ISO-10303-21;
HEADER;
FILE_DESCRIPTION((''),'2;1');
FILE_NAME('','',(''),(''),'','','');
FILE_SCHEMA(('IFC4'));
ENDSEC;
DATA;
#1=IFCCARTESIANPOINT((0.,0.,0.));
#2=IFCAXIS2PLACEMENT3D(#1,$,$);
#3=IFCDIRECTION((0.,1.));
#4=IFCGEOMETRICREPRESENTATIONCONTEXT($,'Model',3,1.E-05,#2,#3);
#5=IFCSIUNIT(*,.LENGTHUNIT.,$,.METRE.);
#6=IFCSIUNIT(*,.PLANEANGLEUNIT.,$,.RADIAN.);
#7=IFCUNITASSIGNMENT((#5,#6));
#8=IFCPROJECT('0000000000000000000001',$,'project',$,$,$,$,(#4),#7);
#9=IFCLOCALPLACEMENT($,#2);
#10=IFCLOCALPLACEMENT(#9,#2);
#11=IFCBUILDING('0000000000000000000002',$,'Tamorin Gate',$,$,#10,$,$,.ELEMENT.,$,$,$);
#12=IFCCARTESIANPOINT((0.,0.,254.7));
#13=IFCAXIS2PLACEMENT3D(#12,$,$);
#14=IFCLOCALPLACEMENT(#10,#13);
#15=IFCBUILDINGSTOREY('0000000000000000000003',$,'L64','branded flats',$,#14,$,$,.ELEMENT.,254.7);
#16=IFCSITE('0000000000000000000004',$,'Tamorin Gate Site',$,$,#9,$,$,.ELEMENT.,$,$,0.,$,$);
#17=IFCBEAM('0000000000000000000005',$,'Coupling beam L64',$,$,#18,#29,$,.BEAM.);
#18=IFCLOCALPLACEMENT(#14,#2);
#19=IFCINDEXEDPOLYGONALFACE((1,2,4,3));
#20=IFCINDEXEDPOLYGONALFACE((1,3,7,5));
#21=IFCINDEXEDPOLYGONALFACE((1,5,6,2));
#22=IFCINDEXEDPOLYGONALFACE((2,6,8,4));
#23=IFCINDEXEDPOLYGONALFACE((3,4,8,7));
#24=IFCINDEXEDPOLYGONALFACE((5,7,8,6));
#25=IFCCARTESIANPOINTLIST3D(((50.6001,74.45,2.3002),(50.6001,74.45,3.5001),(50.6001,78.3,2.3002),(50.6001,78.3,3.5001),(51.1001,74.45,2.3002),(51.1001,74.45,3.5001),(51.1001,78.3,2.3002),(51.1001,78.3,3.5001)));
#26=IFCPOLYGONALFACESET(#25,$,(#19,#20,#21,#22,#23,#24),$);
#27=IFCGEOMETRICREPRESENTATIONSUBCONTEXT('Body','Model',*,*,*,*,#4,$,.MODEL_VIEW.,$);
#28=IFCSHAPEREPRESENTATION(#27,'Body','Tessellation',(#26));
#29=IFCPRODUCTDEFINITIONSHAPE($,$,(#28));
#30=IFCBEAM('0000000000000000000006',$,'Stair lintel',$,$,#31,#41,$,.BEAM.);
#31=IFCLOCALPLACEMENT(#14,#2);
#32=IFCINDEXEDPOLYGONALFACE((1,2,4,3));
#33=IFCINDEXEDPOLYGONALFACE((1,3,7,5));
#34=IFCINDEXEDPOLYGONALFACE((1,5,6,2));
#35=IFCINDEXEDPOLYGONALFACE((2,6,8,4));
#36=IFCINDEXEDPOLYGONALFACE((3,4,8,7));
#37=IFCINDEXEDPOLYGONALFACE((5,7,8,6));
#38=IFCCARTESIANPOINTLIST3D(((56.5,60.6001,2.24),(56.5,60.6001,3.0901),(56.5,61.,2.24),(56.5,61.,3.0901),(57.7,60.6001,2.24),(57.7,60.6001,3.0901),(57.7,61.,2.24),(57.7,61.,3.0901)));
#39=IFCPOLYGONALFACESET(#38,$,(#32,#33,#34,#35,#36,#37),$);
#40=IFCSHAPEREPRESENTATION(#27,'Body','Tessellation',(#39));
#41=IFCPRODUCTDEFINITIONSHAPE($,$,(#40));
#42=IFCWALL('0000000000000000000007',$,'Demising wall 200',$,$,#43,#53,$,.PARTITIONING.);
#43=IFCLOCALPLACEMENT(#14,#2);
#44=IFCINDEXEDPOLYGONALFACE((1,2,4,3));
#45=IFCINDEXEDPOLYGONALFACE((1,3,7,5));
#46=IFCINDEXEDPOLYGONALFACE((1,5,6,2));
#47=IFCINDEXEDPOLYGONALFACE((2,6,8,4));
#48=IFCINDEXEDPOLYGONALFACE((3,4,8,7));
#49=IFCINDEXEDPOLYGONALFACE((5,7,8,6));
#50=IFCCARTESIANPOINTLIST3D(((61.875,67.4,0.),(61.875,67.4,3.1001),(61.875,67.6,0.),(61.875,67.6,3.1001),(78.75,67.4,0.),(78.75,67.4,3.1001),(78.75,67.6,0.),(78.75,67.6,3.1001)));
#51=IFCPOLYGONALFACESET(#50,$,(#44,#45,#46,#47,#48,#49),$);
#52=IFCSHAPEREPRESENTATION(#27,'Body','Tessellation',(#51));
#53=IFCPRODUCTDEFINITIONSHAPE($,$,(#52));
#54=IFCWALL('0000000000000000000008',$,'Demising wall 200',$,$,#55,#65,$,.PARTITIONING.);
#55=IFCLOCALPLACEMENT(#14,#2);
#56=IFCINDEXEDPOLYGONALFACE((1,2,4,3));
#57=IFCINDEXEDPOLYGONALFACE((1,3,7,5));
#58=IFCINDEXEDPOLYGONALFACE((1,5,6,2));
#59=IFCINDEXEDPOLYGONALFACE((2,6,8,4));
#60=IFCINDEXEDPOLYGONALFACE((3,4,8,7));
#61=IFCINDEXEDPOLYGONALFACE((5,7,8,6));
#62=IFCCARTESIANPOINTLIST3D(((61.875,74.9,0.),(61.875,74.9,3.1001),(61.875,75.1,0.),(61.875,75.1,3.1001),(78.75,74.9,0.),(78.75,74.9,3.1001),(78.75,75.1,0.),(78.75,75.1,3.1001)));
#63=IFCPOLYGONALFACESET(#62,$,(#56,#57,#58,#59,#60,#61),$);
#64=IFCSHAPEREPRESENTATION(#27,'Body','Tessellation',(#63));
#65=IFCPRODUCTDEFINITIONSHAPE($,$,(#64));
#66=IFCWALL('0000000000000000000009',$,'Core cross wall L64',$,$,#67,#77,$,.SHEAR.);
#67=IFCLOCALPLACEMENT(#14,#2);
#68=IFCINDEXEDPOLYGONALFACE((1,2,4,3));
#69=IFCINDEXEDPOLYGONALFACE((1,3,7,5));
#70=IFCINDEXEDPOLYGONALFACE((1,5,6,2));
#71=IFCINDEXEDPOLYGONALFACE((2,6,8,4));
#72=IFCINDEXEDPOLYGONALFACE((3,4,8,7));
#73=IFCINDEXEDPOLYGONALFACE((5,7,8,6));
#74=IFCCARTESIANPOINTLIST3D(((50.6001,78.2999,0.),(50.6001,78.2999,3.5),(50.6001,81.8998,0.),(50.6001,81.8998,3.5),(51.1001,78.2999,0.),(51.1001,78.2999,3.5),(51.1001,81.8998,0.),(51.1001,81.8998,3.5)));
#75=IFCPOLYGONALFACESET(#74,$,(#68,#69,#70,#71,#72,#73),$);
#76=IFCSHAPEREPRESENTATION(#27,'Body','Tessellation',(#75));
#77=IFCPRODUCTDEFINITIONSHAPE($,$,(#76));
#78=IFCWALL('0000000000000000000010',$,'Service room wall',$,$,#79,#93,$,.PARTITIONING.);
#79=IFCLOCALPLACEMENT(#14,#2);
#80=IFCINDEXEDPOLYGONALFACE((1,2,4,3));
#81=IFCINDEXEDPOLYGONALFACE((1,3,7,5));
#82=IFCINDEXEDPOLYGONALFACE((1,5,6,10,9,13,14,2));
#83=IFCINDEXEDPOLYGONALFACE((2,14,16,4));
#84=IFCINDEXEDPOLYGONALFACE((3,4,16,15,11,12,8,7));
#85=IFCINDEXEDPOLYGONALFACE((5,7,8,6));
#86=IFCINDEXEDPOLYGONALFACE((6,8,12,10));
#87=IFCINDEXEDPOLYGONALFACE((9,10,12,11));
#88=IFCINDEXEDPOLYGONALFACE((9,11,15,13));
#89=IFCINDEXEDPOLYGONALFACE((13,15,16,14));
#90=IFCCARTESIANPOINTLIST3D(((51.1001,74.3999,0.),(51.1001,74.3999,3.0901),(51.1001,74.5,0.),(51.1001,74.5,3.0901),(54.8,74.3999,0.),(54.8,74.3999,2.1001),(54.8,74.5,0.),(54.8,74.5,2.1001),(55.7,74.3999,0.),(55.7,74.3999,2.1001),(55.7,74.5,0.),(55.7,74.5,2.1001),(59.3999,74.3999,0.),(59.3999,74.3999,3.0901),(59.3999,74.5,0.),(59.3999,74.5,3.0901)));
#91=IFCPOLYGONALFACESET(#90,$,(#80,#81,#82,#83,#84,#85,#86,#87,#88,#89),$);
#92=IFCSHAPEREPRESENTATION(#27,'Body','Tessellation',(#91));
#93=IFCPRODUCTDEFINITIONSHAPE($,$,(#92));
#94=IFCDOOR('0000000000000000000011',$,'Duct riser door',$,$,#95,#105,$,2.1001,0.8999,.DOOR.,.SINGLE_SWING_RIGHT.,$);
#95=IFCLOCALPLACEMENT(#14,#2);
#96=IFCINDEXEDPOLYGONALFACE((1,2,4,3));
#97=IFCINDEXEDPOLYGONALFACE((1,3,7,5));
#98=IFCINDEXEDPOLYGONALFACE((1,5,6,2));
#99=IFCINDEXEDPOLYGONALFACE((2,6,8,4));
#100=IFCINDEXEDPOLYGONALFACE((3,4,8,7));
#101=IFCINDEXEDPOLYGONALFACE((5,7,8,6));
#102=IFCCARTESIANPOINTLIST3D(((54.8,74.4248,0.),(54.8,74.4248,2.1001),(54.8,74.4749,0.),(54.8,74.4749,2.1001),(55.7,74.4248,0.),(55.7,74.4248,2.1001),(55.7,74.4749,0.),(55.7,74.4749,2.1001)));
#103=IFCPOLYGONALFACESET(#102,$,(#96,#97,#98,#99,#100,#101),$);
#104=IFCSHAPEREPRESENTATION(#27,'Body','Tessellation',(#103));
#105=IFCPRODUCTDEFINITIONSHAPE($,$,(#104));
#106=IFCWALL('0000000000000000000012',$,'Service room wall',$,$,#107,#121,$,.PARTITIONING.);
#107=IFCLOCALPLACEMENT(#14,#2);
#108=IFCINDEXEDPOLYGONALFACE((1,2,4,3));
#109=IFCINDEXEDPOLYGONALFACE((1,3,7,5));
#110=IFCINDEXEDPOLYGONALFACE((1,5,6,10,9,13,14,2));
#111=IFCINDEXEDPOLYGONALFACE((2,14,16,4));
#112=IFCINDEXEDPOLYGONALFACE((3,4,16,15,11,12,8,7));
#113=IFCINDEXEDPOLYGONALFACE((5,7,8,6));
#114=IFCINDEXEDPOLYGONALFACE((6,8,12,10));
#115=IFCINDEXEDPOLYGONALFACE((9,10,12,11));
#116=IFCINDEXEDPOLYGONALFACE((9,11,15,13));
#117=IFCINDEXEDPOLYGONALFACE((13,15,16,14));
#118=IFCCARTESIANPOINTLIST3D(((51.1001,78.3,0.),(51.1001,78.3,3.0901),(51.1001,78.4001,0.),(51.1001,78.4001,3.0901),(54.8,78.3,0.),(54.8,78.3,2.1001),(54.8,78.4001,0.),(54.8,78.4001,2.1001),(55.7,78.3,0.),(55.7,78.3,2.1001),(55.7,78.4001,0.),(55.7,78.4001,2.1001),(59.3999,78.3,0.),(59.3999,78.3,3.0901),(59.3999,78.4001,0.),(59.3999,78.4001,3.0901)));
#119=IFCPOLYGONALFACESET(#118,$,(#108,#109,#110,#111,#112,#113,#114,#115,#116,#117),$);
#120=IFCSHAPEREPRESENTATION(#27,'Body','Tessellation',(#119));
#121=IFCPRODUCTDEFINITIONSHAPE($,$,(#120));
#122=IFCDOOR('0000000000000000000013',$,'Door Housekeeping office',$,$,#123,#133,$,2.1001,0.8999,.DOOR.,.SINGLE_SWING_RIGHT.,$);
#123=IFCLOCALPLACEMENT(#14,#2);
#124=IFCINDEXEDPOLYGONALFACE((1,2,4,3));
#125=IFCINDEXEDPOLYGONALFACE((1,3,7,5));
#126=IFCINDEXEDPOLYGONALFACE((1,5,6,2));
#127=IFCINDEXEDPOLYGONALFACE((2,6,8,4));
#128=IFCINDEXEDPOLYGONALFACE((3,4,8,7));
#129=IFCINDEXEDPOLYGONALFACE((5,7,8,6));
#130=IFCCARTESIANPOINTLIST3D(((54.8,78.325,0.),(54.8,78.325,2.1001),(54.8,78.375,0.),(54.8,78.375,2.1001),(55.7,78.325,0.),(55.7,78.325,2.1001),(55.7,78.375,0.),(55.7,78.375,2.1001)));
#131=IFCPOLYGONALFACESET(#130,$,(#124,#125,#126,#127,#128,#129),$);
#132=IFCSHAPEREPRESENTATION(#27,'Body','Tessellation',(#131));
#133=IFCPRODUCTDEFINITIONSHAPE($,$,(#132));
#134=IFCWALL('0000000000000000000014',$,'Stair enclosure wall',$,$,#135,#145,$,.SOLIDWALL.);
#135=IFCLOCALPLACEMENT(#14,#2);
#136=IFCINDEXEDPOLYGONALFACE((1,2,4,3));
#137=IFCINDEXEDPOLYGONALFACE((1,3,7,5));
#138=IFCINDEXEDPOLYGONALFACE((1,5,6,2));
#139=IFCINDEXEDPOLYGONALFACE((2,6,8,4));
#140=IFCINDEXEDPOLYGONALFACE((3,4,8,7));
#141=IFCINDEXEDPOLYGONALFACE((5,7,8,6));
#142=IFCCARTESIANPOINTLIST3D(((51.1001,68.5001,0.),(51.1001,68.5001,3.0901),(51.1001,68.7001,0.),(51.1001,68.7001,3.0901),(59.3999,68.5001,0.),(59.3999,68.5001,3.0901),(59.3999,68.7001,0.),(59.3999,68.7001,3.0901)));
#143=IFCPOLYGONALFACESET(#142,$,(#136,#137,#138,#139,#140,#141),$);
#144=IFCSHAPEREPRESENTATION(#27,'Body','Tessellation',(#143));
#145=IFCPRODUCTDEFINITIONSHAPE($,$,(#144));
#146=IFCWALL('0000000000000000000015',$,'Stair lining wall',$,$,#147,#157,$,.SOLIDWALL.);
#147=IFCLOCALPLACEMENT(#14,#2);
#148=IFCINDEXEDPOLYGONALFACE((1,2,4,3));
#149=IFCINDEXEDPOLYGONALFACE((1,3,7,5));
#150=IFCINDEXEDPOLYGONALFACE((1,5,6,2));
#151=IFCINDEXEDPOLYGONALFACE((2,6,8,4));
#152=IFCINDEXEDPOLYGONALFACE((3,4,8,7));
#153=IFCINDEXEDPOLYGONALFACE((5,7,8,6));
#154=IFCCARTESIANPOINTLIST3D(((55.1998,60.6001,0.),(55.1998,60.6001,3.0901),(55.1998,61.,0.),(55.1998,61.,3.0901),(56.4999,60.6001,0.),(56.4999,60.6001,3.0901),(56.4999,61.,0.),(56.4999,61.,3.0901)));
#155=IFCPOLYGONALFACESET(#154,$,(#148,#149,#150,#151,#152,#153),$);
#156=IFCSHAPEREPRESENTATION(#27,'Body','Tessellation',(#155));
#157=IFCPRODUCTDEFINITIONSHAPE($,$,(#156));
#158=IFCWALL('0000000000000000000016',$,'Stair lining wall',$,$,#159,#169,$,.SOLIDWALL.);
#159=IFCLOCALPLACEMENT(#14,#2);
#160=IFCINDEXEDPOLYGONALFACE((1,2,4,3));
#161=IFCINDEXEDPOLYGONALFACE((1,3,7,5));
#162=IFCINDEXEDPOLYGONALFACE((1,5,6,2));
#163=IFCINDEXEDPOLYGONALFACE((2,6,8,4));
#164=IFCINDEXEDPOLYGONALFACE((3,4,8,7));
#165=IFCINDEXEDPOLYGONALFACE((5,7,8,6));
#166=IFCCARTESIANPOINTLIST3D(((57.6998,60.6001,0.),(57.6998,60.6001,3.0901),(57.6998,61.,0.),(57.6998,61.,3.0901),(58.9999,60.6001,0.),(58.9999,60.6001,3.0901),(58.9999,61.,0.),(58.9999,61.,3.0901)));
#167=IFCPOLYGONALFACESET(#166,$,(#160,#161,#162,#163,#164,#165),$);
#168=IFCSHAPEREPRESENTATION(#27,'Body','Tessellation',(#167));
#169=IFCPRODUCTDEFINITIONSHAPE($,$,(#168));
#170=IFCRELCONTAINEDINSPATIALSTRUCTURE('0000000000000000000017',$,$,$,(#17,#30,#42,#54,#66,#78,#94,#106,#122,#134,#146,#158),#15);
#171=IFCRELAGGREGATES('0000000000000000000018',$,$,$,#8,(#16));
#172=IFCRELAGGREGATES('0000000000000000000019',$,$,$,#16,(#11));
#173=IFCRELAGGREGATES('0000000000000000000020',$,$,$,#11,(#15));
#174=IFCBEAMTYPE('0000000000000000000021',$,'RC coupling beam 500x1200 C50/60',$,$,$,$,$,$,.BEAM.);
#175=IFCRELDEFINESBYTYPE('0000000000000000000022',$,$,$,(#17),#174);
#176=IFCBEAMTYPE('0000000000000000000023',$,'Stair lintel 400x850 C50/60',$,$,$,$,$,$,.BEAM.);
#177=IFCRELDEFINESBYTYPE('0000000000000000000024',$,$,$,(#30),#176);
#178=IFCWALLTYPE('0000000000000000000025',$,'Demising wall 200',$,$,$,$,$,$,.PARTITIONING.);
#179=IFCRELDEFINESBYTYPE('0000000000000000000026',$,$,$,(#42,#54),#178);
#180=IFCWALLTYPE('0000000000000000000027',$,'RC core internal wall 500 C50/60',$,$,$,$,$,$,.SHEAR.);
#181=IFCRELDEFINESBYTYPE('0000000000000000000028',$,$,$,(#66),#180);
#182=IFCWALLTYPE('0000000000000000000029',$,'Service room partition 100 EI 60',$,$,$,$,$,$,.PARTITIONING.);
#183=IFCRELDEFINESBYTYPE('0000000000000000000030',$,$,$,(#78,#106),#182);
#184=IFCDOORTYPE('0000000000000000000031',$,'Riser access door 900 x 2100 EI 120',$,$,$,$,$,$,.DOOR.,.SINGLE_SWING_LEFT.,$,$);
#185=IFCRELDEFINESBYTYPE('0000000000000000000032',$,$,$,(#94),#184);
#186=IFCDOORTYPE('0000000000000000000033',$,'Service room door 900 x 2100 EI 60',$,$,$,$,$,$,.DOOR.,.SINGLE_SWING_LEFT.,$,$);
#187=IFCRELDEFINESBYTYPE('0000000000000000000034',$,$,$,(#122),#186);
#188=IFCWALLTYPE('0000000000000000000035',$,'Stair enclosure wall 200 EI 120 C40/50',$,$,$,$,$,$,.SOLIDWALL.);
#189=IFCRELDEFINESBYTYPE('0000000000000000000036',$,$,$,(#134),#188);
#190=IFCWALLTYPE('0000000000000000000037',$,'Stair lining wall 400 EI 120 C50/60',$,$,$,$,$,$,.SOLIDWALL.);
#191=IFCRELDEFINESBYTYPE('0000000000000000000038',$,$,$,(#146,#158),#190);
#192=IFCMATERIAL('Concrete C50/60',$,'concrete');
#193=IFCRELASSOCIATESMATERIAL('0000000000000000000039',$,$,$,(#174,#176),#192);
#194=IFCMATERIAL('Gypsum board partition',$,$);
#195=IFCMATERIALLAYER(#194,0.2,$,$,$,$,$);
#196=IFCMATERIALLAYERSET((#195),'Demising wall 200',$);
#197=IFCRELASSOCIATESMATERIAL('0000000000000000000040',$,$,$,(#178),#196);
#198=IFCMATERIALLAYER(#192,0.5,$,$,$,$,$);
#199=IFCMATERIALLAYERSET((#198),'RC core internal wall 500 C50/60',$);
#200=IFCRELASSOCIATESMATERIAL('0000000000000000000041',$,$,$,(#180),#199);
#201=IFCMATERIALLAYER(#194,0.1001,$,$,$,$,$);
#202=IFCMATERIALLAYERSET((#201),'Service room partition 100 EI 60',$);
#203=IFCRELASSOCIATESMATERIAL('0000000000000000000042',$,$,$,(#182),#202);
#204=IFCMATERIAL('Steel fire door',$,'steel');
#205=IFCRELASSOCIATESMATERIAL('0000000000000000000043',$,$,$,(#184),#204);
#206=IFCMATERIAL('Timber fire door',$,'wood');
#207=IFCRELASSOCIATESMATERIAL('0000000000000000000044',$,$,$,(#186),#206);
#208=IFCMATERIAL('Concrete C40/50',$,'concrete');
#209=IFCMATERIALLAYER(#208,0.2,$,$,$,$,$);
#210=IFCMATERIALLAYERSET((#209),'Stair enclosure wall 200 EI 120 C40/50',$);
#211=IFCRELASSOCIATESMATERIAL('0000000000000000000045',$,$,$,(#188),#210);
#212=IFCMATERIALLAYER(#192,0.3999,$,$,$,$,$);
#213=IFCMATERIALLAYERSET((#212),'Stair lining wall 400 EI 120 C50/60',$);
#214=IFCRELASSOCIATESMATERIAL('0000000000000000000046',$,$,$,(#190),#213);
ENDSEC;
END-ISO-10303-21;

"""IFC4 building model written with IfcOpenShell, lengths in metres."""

from ifc_helpers import new_model, si_unit, direction, frame, frame_2d, origin, origin_2d, place, context, subcontext, project, spatial, rectangle, extrude, material, layer, layer_set, material_profile, profile_set, type_object, element, fill, save


model = new_model("IFC4")

# Units and contexts
model_context = context("Model", 3, precision=1e-05, world=origin(), true_north=direction((0.0, 1.0)))
body_context = subcontext(model_context, "Body", "Model", "MODEL_VIEW")
ifc_project = project(units=[si_unit("LENGTHUNIT", "METRE"), si_unit("PLANEANGLEUNIT", "RADIAN")], contexts=[model_context])

# Site, building, storey
site_placement = place(None, origin())
site = spatial("IfcSite", under=ifc_project, at=site_placement, Name="Tamorin Gate Site", CompositionType="ELEMENT", RefElevation=0.0)
building_placement = place(site_placement, origin())
building = spatial("IfcBuilding", under=site, at=building_placement, Name="Tamorin Gate", CompositionType="ELEMENT")
storey_placement = place(building_placement, frame((0.0, 0.0, 254.7)))
storey = spatial("IfcBuildingStorey", under=building, at=storey_placement, Name="L64", Description="branded flats", CompositionType="ELEMENT", Elevation=254.7)

# Beams
ifc_material_1 = material(Name="Concrete C50/60", Category="concrete")
ifc_material_profile_1 = material_profile(ifc_material_1, rectangle(XDim=0.5, YDim=1.2, at=origin_2d()), Name="RC 500x1200")
ifc_profile_set_1 = profile_set([ifc_material_profile_1], Name="Concrete C50/60")
beam_type_1 = type_object("IfcBeamType", Name="RC coupling beam 500x1200 C50/60", PredefinedType="BEAM", material=ifc_profile_set_1)
beam_1_placement = place(storey_placement, frame((50.8501, 74.45, 2.9001), z_axis=(0.0, 1.0, 0.0), x_axis=(-1.0, 0.0, 0.0)))
element("IfcBeam", 1, at=beam_1_placement, inside=storey, type_object=beam_type_1, Name="Coupling beam L64", PredefinedType="BEAM", context=body_context, shape_type="SweptSolid", body=[
    extrude(rectangle(XDim=0.5, YDim=1.2, at=origin_2d()), origin(), (0.0, 0.0, 1.0), 3.8501),
])
ifc_material_profile_2 = material_profile(ifc_material_1, rectangle(XDim=0.3999, YDim=0.8501, at=origin_2d()))
ifc_profile_set_2 = profile_set([ifc_material_profile_2], Name="Concrete C50/60")
beam_type_2 = type_object("IfcBeamType", Name="Stair lintel 400x850 C50/60", PredefinedType="BEAM", material=ifc_profile_set_2)
beam_2_placement = place(storey_placement, frame((56.5, 60.8, 2.665), z_axis=(1.0, 0.0, 0.0), x_axis=(0.0, 1.0, 0.0)))
element("IfcBeam", 2, at=beam_2_placement, inside=storey, type_object=beam_type_2, Name="Stair lintel", PredefinedType="BEAM", context=body_context, shape_type="SweptSolid", body=[
    extrude(rectangle(XDim=0.3999, YDim=0.8501, at=origin_2d()), origin(), (0.0, 0.0, 1.0), 1.2),
])

# Walls
ifc_material_2 = material(Name="Gypsum board partition")
ifc_layer_1 = layer(ifc_material_2, 0.2)
ifc_layer_set_1 = layer_set([ifc_layer_1], Name="Demising wall 200")
wall_type_1 = type_object("IfcWallType", Name="Demising wall 200", PredefinedType="PARTITIONING", material=ifc_layer_set_1)
for number, where, z_axis, x_axis, name in (
    (3, (61.875, 67.5, 0.0), (0.0, 0.0, 1.0), (1.0, 0.0, 0.0), "Demising wall 200"),
    (4, (61.875, 75.0, 0.0), (0.0, 0.0, 1.0), (1.0, 0.0, 0.0), "Demising wall 200"),
):
    element("IfcWall", number, at=place(storey_placement, frame(where, z_axis=z_axis, x_axis=x_axis)), inside=storey, type_object=wall_type_1, Name=name, PredefinedType="PARTITIONING", context=body_context, shape_type="SweptSolid", body=[
        extrude(rectangle(XDim=16.875, YDim=0.2, at=frame_2d((8.4375, 0.0))), origin(), (0.0, 0.0, 1.0), 3.1001),
    ])
ifc_layer_2 = layer(ifc_material_1, 0.5)
ifc_layer_set_2 = layer_set([ifc_layer_2], Name="RC core internal wall 500 C50/60")
wall_type_2 = type_object("IfcWallType", Name="RC core internal wall 500 C50/60", PredefinedType="SHEAR", material=ifc_layer_set_2)
wall_1_placement = place(storey_placement, frame((50.8501, 78.3, 0.0), z_axis=(0.0, 0.0, 1.0), x_axis=(0.0, 1.0, 0.0)))
element("IfcWall", 5, at=wall_1_placement, inside=storey, type_object=wall_type_2, Name="Core cross wall L64", PredefinedType="SHEAR", context=body_context, shape_type="SweptSolid", body=[
    extrude(rectangle(XDim=3.5999, YDim=0.5, at=frame_2d((1.7998, 0.0))), origin(), (0.0, 0.0, 1.0), 3.5),
])

# Walls, openings, doors
ifc_layer_3 = layer(ifc_material_2, 0.1001)
ifc_layer_set_3 = layer_set([ifc_layer_3], Name="Service room partition 100 EI 60")
wall_type_3 = type_object("IfcWallType", Name="Service room partition 100 EI 60", PredefinedType="PARTITIONING", material=ifc_layer_set_3)
wall_2_placement = place(storey_placement, frame((51.1001, 74.45, 0.0), z_axis=(0.0, 0.0, 1.0), x_axis=(1.0, 0.0, 0.0)))
wall_2 = element("IfcWall", 6, at=wall_2_placement, inside=storey, type_object=wall_type_3, Name="Service room wall", PredefinedType="PARTITIONING", context=body_context, shape_type="SweptSolid", body=[
    extrude(rectangle(XDim=8.2998, YDim=0.1001, at=frame_2d((4.1499, 0.0))), origin(), (0.0, 0.0, 1.0), 3.0901),
])
opening_1_placement = place(wall_2_placement, frame((3.7, 0.0, 0.0)))
opening_1 = element("IfcOpeningElement", 7, at=opening_1_placement, cuts=wall_2, PredefinedType="OPENING", context=body_context, shape_type="SweptSolid", body=[
    extrude(rectangle(XDim=0.8999, YDim=2.1001, at=frame_2d((0.45, 1.05))), frame((0.0, 0.0601, 0.0), z_axis=(0.0, -1.0, 0.0), x_axis=(1.0, 0.0, 0.0)), (0.0, 0.0, 1.0), 0.1201),
])
ifc_material_3 = material(Name="Steel fire door", Category="steel")
door_type_1 = type_object("IfcDoorType", Name="Riser access door 900 x 2100 EI 120", OperationType="SINGLE_SWING_LEFT", PredefinedType="DOOR", material=ifc_material_3)
door_1_placement = place(opening_1_placement, origin())
door_1 = element("IfcDoor", 8, at=door_1_placement, inside=storey, type_object=door_type_1, Name="Duct riser door", OperationType="SINGLE_SWING_RIGHT", OverallHeight=2.1001, OverallWidth=0.8999, PredefinedType="DOOR", context=body_context, shape_type="SweptSolid", body=[
    extrude(rectangle(XDim=0.8999, YDim=2.1001, at=frame_2d((0.45, 1.05))), frame((0.0, 0.0249, 0.0), z_axis=(0.0, -1.0, 0.0), x_axis=(1.0, 0.0, 0.0)), (0.0, 0.0, 1.0), 0.05),
])
fill(opening_1, door_1)
wall_3_placement = place(storey_placement, frame((51.1001, 78.3501, 0.0), z_axis=(0.0, 0.0, 1.0), x_axis=(1.0, 0.0, 0.0)))
wall_3 = element("IfcWall", 9, at=wall_3_placement, inside=storey, type_object=wall_type_3, Name="Service room wall", PredefinedType="PARTITIONING", context=body_context, shape_type="SweptSolid", body=[
    extrude(rectangle(XDim=8.2998, YDim=0.1001, at=frame_2d((4.1499, 0.0))), origin(), (0.0, 0.0, 1.0), 3.0901),
])
opening_2_placement = place(wall_3_placement, frame((3.7, 0.0, 0.0)))
opening_2 = element("IfcOpeningElement", 10, at=opening_2_placement, cuts=wall_3, PredefinedType="OPENING", context=body_context, shape_type="SweptSolid", body=[
    extrude(rectangle(XDim=0.8999, YDim=2.1001, at=frame_2d((0.45, 1.05))), frame((0.0, 0.0601, 0.0), z_axis=(0.0, -1.0, 0.0), x_axis=(1.0, 0.0, 0.0)), (0.0, 0.0, 1.0), 0.1201),
])
ifc_material_4 = material(Name="Timber fire door", Category="wood")
door_type_2 = type_object("IfcDoorType", Name="Service room door 900 x 2100 EI 60", OperationType="SINGLE_SWING_LEFT", PredefinedType="DOOR", material=ifc_material_4)
door_2_placement = place(opening_2_placement, origin())
door_2 = element("IfcDoor", 11, at=door_2_placement, inside=storey, type_object=door_type_2, Name="Door Housekeeping office", OperationType="SINGLE_SWING_RIGHT", OverallHeight=2.1001, OverallWidth=0.8999, PredefinedType="DOOR", context=body_context, shape_type="SweptSolid", body=[
    extrude(rectangle(XDim=0.8999, YDim=2.1001, at=frame_2d((0.45, 1.05))), frame((0.0, 0.0249, 0.0), z_axis=(0.0, -1.0, 0.0), x_axis=(1.0, 0.0, 0.0)), (0.0, 0.0, 1.0), 0.05),
])
fill(opening_2, door_2)

# Walls
ifc_material_5 = material(Name="Concrete C40/50", Category="concrete")
ifc_layer_4 = layer(ifc_material_5, 0.2)
ifc_layer_set_4 = layer_set([ifc_layer_4], Name="Stair enclosure wall 200 EI 120 C40/50")
wall_type_4 = type_object("IfcWallType", Name="Stair enclosure wall 200 EI 120 C40/50", PredefinedType="SOLIDWALL", material=ifc_layer_set_4)
wall_4_placement = place(storey_placement, frame((51.1001, 68.6001, 0.0), z_axis=(0.0, 0.0, 1.0), x_axis=(1.0, 0.0, 0.0)))
element("IfcWall", 12, at=wall_4_placement, inside=storey, type_object=wall_type_4, Name="Stair enclosure wall", PredefinedType="SOLIDWALL", context=body_context, shape_type="SweptSolid", body=[
    extrude(rectangle(XDim=8.2998, YDim=0.2, at=frame_2d((4.1499, 0.0))), origin(), (0.0, 0.0, 1.0), 3.0901),
])
ifc_layer_5 = layer(ifc_material_1, 0.3999)
ifc_layer_set_5 = layer_set([ifc_layer_5], Name="Stair lining wall 400 EI 120 C50/60")
wall_type_5 = type_object("IfcWallType", Name="Stair lining wall 400 EI 120 C50/60", PredefinedType="SOLIDWALL", material=ifc_layer_set_5)
for number, where, z_axis, x_axis, name in (
    (13, (55.2, 60.8, 0.0), (0.0, 0.0, 1.0), (1.0, 0.0, 0.0), "Stair lining wall"),
    (14, (57.7, 60.8, 0.0), (0.0, 0.0, 1.0), (1.0, 0.0, 0.0), "Stair lining wall"),
):
    element("IfcWall", number, at=place(storey_placement, frame(where, z_axis=z_axis, x_axis=x_axis)), inside=storey, type_object=wall_type_5, Name=name, PredefinedType="SOLIDWALL", context=body_context, shape_type="SweptSolid", body=[
        extrude(rectangle(XDim=1.3, YDim=0.3999, at=frame_2d((0.6499, 0.0))), origin(), (0.0, 0.0, 1.0), 3.0901),
    ])

save(model, "model.ifc")
